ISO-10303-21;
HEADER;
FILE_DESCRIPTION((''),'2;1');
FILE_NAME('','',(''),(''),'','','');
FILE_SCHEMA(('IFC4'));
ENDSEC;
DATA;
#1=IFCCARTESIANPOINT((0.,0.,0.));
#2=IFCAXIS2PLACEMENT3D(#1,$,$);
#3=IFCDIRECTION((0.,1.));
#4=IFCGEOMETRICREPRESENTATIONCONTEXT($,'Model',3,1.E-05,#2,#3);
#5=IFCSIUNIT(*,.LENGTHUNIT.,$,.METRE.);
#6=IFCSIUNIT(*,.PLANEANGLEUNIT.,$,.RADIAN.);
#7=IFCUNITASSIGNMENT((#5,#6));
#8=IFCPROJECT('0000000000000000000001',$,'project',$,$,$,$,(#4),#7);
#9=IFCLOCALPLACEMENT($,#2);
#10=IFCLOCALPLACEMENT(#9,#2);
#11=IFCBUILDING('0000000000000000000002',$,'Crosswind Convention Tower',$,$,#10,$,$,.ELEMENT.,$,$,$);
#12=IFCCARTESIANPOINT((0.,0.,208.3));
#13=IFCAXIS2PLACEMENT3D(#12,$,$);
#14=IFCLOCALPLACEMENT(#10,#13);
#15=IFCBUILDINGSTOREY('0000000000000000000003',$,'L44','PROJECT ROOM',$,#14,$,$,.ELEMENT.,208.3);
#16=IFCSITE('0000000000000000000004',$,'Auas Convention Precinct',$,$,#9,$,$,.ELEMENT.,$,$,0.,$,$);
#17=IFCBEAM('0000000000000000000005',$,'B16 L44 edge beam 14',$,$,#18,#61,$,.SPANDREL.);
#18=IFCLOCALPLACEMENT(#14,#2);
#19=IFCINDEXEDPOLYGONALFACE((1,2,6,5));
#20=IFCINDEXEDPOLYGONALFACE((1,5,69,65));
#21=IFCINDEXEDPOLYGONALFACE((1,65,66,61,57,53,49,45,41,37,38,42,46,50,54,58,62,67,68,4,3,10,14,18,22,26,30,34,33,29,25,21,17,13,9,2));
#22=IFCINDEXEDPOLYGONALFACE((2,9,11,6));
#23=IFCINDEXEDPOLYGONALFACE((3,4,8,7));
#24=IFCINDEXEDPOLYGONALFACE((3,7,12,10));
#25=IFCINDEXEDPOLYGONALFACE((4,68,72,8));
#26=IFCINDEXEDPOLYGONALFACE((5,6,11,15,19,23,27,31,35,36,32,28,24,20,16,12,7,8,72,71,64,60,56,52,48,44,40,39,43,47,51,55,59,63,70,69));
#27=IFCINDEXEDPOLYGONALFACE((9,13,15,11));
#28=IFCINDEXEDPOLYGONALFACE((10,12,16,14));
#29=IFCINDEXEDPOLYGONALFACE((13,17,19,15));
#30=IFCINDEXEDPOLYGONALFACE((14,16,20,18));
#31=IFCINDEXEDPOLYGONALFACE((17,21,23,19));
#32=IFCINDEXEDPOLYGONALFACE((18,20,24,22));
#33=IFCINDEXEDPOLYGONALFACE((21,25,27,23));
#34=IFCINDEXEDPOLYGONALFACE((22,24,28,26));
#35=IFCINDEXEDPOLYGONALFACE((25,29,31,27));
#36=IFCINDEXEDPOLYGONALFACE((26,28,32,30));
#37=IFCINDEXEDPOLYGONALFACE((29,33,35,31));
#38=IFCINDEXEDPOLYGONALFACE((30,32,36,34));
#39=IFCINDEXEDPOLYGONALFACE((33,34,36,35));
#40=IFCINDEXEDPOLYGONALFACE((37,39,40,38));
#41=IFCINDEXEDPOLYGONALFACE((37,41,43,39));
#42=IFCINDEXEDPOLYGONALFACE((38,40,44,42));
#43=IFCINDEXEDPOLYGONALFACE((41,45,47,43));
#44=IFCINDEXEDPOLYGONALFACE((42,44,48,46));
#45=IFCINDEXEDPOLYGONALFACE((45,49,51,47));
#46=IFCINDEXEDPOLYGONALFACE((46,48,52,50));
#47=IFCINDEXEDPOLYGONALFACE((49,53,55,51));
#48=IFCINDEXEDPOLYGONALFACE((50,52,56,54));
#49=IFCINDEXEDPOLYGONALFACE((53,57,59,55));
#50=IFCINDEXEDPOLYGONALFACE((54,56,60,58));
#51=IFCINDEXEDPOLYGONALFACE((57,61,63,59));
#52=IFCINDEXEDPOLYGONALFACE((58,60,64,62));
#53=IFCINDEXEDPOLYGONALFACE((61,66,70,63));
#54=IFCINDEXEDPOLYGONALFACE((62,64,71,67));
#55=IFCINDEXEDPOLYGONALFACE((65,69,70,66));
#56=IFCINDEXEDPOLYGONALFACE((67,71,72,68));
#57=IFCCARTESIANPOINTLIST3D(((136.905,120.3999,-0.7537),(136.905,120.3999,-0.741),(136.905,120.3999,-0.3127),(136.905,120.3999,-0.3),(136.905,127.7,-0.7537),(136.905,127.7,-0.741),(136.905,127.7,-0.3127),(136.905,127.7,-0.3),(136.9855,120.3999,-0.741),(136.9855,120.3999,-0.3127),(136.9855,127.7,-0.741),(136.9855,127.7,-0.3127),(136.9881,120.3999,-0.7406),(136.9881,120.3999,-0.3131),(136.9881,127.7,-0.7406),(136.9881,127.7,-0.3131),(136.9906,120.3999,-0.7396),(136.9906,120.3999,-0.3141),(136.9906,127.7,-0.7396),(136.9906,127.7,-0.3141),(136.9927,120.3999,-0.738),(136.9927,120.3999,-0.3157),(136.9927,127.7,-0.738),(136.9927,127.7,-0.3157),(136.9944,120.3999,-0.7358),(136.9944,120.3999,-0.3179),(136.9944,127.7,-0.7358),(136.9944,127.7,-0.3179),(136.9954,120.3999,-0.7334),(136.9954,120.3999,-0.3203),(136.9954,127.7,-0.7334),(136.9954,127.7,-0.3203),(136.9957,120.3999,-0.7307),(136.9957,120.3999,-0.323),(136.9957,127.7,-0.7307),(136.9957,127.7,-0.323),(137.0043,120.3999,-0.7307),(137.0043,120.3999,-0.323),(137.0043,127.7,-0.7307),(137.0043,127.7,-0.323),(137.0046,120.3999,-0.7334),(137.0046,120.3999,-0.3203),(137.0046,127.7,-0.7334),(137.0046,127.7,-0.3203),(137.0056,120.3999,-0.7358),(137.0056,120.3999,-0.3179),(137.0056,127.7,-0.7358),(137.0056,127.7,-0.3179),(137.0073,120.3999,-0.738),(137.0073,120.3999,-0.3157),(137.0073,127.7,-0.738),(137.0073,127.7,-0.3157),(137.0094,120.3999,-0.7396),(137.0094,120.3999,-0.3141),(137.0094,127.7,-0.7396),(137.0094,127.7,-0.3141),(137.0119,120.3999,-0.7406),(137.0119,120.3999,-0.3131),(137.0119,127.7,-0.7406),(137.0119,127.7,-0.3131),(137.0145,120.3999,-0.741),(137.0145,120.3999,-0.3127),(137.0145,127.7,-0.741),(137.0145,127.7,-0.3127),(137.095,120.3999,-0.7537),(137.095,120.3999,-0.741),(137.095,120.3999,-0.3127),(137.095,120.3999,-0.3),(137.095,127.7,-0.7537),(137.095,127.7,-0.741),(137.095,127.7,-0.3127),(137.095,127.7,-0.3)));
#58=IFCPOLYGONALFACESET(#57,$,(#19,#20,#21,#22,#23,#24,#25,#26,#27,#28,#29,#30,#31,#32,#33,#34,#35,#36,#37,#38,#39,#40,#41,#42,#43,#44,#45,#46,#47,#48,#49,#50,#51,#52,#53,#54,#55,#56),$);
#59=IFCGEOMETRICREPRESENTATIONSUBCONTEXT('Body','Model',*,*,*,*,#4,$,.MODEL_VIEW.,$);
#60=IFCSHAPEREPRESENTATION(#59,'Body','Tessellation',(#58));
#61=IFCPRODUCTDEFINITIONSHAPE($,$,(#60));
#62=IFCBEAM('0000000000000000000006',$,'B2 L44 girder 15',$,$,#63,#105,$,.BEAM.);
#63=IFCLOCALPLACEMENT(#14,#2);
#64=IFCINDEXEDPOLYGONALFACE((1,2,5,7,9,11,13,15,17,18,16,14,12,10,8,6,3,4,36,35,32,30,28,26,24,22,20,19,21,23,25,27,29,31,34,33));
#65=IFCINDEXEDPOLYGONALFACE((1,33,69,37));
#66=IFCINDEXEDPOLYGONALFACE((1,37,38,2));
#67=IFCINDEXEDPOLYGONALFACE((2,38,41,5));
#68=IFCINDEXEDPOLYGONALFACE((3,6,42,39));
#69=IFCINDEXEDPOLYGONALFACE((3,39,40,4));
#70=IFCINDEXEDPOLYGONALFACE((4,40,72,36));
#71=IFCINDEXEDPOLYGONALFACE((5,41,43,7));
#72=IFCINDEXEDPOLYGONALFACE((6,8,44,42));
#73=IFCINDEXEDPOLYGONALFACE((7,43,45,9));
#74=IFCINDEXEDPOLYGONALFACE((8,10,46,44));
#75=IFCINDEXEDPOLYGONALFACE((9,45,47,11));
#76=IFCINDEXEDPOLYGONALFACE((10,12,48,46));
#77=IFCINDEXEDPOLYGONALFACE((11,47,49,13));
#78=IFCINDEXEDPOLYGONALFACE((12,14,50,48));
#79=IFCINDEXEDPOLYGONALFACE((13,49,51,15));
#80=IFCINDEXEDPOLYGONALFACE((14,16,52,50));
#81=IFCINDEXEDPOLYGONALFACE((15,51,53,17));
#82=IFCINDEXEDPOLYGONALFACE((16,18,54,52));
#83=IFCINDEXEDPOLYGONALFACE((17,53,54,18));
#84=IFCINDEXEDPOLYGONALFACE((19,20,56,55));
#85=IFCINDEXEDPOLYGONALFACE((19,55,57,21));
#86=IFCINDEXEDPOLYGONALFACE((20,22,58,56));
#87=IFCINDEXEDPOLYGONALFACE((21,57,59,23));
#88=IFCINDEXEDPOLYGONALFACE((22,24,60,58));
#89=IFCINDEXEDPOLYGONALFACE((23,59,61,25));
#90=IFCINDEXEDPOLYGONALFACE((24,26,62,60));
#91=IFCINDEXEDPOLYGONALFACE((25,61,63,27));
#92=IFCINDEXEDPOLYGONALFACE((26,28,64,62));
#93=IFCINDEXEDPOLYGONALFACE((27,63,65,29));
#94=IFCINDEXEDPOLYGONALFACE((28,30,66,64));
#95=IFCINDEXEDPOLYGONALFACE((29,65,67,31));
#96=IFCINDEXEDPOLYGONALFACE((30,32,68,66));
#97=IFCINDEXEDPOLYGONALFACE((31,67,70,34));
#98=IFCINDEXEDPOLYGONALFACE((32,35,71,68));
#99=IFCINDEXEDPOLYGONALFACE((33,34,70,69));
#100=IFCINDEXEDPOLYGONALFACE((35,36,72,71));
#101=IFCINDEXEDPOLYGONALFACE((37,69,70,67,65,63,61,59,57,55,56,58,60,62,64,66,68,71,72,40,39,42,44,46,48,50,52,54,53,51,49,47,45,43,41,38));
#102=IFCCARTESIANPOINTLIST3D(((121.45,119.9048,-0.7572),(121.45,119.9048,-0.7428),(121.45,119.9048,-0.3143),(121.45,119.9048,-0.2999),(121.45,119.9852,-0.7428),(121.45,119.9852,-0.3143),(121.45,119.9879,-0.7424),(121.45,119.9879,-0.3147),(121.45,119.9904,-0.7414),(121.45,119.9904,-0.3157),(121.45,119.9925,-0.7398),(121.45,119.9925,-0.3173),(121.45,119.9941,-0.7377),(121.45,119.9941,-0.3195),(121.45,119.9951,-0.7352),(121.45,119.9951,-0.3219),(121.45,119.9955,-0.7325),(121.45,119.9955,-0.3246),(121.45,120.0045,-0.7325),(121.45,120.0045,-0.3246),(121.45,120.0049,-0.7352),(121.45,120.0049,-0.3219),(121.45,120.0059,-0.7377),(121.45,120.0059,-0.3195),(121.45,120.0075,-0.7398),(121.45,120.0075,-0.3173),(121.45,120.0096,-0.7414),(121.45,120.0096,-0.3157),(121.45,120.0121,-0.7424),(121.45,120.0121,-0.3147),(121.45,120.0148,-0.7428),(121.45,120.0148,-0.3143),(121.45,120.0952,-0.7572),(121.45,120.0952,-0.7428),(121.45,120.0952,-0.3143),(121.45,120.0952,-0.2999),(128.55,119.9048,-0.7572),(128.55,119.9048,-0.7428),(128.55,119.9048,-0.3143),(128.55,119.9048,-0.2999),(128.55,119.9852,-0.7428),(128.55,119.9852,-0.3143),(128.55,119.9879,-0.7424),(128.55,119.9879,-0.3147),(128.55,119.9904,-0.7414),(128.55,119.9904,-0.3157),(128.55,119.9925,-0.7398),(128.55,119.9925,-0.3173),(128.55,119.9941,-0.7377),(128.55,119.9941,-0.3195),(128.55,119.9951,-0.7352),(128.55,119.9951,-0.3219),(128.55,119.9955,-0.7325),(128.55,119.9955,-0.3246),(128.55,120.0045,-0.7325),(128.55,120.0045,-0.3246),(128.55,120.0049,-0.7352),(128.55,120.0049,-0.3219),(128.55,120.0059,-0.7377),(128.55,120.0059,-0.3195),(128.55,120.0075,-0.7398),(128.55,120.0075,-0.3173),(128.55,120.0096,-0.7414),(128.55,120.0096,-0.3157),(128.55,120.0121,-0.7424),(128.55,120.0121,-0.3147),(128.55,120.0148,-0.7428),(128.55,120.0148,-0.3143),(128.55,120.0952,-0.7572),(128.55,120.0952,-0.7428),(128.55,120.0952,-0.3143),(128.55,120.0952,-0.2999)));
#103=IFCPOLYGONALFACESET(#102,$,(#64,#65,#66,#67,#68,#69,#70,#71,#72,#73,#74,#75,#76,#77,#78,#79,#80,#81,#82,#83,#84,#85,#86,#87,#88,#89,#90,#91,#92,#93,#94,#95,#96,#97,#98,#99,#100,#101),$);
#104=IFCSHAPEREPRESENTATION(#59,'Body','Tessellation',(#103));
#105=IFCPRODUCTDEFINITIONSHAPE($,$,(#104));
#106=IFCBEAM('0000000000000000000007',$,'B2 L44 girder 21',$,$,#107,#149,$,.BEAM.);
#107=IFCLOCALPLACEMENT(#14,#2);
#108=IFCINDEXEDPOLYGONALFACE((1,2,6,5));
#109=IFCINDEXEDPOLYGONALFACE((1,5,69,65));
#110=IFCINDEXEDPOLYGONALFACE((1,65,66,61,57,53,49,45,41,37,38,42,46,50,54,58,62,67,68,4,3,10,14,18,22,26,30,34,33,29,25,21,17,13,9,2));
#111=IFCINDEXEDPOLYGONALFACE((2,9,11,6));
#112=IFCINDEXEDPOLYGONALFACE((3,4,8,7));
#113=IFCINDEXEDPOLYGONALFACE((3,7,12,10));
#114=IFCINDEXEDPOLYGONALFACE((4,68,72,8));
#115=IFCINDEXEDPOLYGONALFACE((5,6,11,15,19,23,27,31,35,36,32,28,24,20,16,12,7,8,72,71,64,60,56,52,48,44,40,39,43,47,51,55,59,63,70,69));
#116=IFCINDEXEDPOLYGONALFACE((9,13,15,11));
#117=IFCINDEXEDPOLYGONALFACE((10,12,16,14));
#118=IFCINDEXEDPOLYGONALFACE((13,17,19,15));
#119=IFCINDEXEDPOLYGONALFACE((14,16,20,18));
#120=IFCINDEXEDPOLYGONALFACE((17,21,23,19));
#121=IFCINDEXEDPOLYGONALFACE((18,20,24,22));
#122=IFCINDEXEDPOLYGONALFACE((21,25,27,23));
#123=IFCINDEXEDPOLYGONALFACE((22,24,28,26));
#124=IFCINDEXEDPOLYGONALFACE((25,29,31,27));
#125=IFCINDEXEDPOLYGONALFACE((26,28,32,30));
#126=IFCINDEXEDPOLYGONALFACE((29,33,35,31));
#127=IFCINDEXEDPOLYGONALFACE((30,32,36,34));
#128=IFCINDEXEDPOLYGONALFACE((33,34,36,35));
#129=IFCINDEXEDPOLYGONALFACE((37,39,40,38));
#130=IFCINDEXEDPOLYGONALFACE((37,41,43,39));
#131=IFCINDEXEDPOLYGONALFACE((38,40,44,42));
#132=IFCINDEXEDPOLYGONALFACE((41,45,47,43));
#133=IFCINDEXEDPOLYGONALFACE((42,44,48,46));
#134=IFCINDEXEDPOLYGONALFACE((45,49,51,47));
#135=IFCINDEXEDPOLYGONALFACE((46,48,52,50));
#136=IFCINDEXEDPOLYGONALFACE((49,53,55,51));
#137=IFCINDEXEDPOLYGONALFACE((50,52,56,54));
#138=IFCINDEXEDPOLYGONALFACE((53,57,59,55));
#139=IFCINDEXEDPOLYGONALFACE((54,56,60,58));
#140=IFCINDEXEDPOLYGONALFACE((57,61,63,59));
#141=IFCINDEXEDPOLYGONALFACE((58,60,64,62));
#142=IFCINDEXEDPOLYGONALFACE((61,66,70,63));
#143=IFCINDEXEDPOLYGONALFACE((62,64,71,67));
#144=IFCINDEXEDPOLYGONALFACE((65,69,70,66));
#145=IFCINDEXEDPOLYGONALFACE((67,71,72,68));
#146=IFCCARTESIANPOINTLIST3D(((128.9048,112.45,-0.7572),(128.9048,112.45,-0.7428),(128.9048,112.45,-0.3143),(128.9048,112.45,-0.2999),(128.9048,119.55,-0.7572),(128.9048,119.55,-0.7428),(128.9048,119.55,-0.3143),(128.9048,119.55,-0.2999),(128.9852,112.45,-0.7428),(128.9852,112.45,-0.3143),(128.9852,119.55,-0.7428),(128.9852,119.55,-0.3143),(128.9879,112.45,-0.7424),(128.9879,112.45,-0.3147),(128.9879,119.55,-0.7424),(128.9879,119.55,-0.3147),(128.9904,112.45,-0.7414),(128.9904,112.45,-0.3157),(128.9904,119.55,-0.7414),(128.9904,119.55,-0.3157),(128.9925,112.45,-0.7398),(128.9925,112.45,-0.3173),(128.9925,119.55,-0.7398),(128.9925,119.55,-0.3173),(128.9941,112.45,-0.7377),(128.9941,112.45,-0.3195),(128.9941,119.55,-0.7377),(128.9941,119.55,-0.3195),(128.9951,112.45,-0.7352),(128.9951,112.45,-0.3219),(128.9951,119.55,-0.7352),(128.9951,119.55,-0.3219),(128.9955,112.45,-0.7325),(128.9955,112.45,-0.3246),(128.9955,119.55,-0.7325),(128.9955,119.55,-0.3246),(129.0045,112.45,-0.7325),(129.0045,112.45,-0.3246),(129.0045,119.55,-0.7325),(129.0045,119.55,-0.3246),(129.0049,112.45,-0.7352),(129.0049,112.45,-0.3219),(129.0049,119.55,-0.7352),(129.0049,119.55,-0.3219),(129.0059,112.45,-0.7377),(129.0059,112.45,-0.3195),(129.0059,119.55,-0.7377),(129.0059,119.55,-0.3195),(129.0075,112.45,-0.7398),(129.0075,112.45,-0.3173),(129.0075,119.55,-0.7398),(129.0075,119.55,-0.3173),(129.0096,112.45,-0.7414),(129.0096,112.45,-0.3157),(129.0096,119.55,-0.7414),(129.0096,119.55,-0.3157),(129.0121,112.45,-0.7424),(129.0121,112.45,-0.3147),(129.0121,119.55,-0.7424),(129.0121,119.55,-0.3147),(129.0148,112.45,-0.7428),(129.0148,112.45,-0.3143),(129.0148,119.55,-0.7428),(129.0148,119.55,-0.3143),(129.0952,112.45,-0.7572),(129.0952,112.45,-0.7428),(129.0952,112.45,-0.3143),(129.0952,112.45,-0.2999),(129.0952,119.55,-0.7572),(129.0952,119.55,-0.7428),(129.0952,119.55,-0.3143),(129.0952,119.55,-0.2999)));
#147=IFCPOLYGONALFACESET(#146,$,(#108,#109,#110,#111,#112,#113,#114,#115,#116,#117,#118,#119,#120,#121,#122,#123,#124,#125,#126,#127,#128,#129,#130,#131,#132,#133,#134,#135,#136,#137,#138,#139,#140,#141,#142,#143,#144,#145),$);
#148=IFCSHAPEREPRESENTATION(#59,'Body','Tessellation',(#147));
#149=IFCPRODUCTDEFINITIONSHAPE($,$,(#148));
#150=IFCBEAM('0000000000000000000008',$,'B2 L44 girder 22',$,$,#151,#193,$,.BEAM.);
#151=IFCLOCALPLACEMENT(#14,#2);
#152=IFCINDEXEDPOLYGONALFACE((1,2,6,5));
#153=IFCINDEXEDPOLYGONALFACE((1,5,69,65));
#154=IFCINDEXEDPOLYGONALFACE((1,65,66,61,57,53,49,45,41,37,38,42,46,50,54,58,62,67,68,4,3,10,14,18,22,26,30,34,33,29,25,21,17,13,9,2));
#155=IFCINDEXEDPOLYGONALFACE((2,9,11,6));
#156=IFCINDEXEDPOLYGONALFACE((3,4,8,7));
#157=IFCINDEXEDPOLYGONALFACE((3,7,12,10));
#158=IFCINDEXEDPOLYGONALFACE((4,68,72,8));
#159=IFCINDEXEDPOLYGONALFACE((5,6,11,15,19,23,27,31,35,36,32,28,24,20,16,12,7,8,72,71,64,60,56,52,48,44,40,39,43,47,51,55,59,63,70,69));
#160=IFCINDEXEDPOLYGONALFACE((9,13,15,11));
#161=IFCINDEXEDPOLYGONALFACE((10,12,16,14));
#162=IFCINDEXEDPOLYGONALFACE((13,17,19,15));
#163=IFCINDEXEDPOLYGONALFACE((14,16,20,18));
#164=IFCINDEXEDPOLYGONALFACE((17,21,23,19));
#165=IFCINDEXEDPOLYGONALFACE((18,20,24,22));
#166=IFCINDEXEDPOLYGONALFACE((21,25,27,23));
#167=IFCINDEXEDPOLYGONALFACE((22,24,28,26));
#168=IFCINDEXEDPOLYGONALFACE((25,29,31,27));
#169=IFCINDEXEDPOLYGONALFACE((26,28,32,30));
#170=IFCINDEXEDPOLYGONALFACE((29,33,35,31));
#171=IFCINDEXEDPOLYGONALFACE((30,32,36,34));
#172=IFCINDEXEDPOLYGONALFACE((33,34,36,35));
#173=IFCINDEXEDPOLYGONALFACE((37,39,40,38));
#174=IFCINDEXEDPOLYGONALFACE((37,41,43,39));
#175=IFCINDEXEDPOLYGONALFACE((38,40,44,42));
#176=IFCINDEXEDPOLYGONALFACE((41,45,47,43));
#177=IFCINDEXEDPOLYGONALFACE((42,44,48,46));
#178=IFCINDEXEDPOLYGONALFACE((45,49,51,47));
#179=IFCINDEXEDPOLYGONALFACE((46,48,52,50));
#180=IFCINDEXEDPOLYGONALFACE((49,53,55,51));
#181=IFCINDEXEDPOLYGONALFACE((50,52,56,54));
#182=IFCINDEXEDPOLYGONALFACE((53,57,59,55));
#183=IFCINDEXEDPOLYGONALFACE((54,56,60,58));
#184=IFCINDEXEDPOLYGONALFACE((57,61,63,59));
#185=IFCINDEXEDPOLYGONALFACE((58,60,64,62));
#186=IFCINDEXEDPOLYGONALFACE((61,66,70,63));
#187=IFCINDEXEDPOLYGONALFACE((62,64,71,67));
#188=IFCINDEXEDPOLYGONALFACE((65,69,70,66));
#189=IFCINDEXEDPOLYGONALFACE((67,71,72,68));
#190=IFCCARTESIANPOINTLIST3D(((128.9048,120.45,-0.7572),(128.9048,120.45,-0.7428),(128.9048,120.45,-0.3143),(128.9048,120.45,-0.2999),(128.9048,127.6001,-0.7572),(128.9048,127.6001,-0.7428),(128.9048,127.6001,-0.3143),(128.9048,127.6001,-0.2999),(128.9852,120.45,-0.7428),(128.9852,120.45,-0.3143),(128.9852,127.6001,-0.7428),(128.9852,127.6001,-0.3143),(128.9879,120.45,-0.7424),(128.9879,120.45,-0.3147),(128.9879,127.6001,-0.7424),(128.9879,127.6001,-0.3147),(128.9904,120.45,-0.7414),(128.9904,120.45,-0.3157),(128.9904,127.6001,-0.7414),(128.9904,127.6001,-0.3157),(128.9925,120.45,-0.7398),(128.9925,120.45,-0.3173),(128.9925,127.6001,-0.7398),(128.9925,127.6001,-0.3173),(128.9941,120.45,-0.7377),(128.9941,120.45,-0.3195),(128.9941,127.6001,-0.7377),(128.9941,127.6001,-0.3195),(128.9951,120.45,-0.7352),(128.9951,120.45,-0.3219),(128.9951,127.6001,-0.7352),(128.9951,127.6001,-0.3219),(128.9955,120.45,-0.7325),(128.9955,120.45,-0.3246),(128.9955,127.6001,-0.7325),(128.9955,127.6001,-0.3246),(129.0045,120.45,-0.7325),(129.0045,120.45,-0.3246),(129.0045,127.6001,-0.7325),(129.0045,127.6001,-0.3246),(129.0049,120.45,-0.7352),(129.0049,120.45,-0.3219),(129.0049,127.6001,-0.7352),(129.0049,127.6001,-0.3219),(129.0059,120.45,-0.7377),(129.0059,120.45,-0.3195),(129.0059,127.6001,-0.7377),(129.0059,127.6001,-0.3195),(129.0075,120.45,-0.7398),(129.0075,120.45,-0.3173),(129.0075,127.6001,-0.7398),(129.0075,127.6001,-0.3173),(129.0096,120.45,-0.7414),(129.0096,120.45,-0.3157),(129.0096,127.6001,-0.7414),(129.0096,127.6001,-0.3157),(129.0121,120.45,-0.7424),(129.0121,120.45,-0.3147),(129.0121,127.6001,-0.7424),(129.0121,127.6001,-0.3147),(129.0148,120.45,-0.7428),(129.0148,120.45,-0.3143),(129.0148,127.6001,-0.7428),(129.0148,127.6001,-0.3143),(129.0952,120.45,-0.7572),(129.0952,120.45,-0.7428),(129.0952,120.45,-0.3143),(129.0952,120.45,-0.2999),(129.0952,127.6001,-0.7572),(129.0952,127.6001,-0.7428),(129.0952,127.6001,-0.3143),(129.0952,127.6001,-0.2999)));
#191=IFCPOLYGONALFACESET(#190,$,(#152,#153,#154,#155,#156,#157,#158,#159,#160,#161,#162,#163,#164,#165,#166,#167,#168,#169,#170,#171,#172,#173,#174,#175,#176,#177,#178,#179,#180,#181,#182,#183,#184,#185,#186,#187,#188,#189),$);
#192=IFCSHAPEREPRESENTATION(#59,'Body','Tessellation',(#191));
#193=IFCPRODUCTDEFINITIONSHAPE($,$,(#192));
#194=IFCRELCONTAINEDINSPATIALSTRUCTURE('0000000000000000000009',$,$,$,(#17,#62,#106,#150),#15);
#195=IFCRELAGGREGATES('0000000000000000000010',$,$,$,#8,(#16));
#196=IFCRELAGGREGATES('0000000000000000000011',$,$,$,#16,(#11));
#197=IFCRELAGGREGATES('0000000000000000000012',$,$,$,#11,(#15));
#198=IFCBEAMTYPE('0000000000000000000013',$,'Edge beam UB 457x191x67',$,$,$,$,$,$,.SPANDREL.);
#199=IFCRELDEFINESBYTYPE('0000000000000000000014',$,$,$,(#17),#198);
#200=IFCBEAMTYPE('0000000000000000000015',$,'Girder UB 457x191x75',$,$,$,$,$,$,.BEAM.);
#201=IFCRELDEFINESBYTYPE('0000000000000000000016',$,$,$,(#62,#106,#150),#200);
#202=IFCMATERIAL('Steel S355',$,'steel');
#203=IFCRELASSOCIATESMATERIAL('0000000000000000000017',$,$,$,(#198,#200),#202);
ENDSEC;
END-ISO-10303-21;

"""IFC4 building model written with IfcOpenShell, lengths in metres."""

from ifc_helpers import new_model, si_unit, direction, frame, origin, origin_2d, place, context, subcontext, project, spatial, i_section, extrude, material, material_profile, profile_set, type_object, element, save


model = new_model("IFC4")

# Units and contexts
model_context = context("Model", 3, precision=1e-05, world=origin(), true_north=direction((0.0, 1.0)))
body_context = subcontext(model_context, "Body", "Model", "MODEL_VIEW")
ifc_project = project(units=[si_unit("LENGTHUNIT", "METRE"), si_unit("PLANEANGLEUNIT", "RADIAN")], contexts=[model_context])

# Site, building, storey
site_placement = place(None, origin())
site = spatial("IfcSite", under=ifc_project, at=site_placement, Name="Auas Convention Precinct", CompositionType="ELEMENT", RefElevation=0.0)
building_placement = place(site_placement, origin())
building = spatial("IfcBuilding", under=site, at=building_placement, Name="Crosswind Convention Tower", CompositionType="ELEMENT")
storey_placement = place(building_placement, frame((0.0, 0.0, 208.3)))
storey = spatial("IfcBuildingStorey", under=building, at=storey_placement, Name="L44", Description="PROJECT ROOM", CompositionType="ELEMENT", Elevation=208.3)

# Beams
ifc_material_1 = material(Name="Steel S355", Category="steel")
ifc_material_profile_1 = material_profile(ifc_material_1, i_section(OverallWidth=0.1899, OverallDepth=0.4536, WebThickness=0.0085, FlangeThickness=0.0127, FilletRadius=0.0103, at=origin_2d()), Name="UB 457x191x67")
ifc_profile_set_1 = profile_set([ifc_material_profile_1], Name="Steel S355")
beam_type_1 = type_object("IfcBeamType", Name="Edge beam UB 457x191x67", PredefinedType="SPANDREL", material=ifc_profile_set_1)
for number, where, z_axis, x_axis, name in (
    (1, (137.0, 120.3999, -0.5269), (0.0, 1.0, 0.0), (-1.0, 0.0, 0.0), "B16 L44 edge beam 14"),
):
    element("IfcBeam", number, at=place(storey_placement, frame(where, z_axis=z_axis, x_axis=x_axis)), inside=storey, type_object=beam_type_1, Name=name, PredefinedType="SPANDREL", context=body_context, shape_type="SweptSolid", body=[
        extrude(i_section(OverallWidth=0.1899, OverallDepth=0.4536, WebThickness=0.0085, FlangeThickness=0.0127, FilletRadius=0.0103, at=origin_2d()), origin(), (0.0, 0.0, 1.0), 7.3),
    ])
ifc_material_profile_2 = material_profile(ifc_material_1, i_section(OverallWidth=0.1904, OverallDepth=0.4573, WebThickness=0.009, FlangeThickness=0.0144, FilletRadius=0.0103, at=origin_2d()), Name="UB 457x191x75")
ifc_profile_set_2 = profile_set([ifc_material_profile_2], Name="Steel S355")
beam_type_2 = type_object("IfcBeamType", Name="Girder UB 457x191x75", PredefinedType="BEAM", material=ifc_profile_set_2)
for number, where, z_axis, x_axis, name in (
    (2, (121.45, 120.0, -0.5286), (1.0, 0.0, 0.0), (0.0, 1.0, 0.0), "B2 L44 girder 15"),
    (3, (129.0, 112.45, -0.5286), (0.0, 1.0, 0.0), (-1.0, 0.0, 0.0), "B2 L44 girder 21"),
):
    element("IfcBeam", number, at=place(storey_placement, frame(where, z_axis=z_axis, x_axis=x_axis)), inside=storey, type_object=beam_type_2, Name=name, PredefinedType="BEAM", context=body_context, shape_type="SweptSolid", body=[
        extrude(i_section(OverallWidth=0.1904, OverallDepth=0.4573, WebThickness=0.009, FlangeThickness=0.0144, FilletRadius=0.0103, at=origin_2d()), origin(), (0.0, 0.0, 1.0), 7.1001),
    ])
for number, where, z_axis, x_axis, name in (
    (4, (129.0, 120.45, -0.5286), (0.0, 1.0, 0.0), (-1.0, 0.0, 0.0), "B2 L44 girder 22"),
):
    element("IfcBeam", number, at=place(storey_placement, frame(where, z_axis=z_axis, x_axis=x_axis)), inside=storey, type_object=beam_type_2, Name=name, PredefinedType="BEAM", context=body_context, shape_type="SweptSolid", body=[
        extrude(i_section(OverallWidth=0.1904, OverallDepth=0.4573, WebThickness=0.009, FlangeThickness=0.0144, FilletRadius=0.0103, at=origin_2d()), origin(), (0.0, 0.0, 1.0), 7.1501),
    ])

save(model, "model.ifc")
